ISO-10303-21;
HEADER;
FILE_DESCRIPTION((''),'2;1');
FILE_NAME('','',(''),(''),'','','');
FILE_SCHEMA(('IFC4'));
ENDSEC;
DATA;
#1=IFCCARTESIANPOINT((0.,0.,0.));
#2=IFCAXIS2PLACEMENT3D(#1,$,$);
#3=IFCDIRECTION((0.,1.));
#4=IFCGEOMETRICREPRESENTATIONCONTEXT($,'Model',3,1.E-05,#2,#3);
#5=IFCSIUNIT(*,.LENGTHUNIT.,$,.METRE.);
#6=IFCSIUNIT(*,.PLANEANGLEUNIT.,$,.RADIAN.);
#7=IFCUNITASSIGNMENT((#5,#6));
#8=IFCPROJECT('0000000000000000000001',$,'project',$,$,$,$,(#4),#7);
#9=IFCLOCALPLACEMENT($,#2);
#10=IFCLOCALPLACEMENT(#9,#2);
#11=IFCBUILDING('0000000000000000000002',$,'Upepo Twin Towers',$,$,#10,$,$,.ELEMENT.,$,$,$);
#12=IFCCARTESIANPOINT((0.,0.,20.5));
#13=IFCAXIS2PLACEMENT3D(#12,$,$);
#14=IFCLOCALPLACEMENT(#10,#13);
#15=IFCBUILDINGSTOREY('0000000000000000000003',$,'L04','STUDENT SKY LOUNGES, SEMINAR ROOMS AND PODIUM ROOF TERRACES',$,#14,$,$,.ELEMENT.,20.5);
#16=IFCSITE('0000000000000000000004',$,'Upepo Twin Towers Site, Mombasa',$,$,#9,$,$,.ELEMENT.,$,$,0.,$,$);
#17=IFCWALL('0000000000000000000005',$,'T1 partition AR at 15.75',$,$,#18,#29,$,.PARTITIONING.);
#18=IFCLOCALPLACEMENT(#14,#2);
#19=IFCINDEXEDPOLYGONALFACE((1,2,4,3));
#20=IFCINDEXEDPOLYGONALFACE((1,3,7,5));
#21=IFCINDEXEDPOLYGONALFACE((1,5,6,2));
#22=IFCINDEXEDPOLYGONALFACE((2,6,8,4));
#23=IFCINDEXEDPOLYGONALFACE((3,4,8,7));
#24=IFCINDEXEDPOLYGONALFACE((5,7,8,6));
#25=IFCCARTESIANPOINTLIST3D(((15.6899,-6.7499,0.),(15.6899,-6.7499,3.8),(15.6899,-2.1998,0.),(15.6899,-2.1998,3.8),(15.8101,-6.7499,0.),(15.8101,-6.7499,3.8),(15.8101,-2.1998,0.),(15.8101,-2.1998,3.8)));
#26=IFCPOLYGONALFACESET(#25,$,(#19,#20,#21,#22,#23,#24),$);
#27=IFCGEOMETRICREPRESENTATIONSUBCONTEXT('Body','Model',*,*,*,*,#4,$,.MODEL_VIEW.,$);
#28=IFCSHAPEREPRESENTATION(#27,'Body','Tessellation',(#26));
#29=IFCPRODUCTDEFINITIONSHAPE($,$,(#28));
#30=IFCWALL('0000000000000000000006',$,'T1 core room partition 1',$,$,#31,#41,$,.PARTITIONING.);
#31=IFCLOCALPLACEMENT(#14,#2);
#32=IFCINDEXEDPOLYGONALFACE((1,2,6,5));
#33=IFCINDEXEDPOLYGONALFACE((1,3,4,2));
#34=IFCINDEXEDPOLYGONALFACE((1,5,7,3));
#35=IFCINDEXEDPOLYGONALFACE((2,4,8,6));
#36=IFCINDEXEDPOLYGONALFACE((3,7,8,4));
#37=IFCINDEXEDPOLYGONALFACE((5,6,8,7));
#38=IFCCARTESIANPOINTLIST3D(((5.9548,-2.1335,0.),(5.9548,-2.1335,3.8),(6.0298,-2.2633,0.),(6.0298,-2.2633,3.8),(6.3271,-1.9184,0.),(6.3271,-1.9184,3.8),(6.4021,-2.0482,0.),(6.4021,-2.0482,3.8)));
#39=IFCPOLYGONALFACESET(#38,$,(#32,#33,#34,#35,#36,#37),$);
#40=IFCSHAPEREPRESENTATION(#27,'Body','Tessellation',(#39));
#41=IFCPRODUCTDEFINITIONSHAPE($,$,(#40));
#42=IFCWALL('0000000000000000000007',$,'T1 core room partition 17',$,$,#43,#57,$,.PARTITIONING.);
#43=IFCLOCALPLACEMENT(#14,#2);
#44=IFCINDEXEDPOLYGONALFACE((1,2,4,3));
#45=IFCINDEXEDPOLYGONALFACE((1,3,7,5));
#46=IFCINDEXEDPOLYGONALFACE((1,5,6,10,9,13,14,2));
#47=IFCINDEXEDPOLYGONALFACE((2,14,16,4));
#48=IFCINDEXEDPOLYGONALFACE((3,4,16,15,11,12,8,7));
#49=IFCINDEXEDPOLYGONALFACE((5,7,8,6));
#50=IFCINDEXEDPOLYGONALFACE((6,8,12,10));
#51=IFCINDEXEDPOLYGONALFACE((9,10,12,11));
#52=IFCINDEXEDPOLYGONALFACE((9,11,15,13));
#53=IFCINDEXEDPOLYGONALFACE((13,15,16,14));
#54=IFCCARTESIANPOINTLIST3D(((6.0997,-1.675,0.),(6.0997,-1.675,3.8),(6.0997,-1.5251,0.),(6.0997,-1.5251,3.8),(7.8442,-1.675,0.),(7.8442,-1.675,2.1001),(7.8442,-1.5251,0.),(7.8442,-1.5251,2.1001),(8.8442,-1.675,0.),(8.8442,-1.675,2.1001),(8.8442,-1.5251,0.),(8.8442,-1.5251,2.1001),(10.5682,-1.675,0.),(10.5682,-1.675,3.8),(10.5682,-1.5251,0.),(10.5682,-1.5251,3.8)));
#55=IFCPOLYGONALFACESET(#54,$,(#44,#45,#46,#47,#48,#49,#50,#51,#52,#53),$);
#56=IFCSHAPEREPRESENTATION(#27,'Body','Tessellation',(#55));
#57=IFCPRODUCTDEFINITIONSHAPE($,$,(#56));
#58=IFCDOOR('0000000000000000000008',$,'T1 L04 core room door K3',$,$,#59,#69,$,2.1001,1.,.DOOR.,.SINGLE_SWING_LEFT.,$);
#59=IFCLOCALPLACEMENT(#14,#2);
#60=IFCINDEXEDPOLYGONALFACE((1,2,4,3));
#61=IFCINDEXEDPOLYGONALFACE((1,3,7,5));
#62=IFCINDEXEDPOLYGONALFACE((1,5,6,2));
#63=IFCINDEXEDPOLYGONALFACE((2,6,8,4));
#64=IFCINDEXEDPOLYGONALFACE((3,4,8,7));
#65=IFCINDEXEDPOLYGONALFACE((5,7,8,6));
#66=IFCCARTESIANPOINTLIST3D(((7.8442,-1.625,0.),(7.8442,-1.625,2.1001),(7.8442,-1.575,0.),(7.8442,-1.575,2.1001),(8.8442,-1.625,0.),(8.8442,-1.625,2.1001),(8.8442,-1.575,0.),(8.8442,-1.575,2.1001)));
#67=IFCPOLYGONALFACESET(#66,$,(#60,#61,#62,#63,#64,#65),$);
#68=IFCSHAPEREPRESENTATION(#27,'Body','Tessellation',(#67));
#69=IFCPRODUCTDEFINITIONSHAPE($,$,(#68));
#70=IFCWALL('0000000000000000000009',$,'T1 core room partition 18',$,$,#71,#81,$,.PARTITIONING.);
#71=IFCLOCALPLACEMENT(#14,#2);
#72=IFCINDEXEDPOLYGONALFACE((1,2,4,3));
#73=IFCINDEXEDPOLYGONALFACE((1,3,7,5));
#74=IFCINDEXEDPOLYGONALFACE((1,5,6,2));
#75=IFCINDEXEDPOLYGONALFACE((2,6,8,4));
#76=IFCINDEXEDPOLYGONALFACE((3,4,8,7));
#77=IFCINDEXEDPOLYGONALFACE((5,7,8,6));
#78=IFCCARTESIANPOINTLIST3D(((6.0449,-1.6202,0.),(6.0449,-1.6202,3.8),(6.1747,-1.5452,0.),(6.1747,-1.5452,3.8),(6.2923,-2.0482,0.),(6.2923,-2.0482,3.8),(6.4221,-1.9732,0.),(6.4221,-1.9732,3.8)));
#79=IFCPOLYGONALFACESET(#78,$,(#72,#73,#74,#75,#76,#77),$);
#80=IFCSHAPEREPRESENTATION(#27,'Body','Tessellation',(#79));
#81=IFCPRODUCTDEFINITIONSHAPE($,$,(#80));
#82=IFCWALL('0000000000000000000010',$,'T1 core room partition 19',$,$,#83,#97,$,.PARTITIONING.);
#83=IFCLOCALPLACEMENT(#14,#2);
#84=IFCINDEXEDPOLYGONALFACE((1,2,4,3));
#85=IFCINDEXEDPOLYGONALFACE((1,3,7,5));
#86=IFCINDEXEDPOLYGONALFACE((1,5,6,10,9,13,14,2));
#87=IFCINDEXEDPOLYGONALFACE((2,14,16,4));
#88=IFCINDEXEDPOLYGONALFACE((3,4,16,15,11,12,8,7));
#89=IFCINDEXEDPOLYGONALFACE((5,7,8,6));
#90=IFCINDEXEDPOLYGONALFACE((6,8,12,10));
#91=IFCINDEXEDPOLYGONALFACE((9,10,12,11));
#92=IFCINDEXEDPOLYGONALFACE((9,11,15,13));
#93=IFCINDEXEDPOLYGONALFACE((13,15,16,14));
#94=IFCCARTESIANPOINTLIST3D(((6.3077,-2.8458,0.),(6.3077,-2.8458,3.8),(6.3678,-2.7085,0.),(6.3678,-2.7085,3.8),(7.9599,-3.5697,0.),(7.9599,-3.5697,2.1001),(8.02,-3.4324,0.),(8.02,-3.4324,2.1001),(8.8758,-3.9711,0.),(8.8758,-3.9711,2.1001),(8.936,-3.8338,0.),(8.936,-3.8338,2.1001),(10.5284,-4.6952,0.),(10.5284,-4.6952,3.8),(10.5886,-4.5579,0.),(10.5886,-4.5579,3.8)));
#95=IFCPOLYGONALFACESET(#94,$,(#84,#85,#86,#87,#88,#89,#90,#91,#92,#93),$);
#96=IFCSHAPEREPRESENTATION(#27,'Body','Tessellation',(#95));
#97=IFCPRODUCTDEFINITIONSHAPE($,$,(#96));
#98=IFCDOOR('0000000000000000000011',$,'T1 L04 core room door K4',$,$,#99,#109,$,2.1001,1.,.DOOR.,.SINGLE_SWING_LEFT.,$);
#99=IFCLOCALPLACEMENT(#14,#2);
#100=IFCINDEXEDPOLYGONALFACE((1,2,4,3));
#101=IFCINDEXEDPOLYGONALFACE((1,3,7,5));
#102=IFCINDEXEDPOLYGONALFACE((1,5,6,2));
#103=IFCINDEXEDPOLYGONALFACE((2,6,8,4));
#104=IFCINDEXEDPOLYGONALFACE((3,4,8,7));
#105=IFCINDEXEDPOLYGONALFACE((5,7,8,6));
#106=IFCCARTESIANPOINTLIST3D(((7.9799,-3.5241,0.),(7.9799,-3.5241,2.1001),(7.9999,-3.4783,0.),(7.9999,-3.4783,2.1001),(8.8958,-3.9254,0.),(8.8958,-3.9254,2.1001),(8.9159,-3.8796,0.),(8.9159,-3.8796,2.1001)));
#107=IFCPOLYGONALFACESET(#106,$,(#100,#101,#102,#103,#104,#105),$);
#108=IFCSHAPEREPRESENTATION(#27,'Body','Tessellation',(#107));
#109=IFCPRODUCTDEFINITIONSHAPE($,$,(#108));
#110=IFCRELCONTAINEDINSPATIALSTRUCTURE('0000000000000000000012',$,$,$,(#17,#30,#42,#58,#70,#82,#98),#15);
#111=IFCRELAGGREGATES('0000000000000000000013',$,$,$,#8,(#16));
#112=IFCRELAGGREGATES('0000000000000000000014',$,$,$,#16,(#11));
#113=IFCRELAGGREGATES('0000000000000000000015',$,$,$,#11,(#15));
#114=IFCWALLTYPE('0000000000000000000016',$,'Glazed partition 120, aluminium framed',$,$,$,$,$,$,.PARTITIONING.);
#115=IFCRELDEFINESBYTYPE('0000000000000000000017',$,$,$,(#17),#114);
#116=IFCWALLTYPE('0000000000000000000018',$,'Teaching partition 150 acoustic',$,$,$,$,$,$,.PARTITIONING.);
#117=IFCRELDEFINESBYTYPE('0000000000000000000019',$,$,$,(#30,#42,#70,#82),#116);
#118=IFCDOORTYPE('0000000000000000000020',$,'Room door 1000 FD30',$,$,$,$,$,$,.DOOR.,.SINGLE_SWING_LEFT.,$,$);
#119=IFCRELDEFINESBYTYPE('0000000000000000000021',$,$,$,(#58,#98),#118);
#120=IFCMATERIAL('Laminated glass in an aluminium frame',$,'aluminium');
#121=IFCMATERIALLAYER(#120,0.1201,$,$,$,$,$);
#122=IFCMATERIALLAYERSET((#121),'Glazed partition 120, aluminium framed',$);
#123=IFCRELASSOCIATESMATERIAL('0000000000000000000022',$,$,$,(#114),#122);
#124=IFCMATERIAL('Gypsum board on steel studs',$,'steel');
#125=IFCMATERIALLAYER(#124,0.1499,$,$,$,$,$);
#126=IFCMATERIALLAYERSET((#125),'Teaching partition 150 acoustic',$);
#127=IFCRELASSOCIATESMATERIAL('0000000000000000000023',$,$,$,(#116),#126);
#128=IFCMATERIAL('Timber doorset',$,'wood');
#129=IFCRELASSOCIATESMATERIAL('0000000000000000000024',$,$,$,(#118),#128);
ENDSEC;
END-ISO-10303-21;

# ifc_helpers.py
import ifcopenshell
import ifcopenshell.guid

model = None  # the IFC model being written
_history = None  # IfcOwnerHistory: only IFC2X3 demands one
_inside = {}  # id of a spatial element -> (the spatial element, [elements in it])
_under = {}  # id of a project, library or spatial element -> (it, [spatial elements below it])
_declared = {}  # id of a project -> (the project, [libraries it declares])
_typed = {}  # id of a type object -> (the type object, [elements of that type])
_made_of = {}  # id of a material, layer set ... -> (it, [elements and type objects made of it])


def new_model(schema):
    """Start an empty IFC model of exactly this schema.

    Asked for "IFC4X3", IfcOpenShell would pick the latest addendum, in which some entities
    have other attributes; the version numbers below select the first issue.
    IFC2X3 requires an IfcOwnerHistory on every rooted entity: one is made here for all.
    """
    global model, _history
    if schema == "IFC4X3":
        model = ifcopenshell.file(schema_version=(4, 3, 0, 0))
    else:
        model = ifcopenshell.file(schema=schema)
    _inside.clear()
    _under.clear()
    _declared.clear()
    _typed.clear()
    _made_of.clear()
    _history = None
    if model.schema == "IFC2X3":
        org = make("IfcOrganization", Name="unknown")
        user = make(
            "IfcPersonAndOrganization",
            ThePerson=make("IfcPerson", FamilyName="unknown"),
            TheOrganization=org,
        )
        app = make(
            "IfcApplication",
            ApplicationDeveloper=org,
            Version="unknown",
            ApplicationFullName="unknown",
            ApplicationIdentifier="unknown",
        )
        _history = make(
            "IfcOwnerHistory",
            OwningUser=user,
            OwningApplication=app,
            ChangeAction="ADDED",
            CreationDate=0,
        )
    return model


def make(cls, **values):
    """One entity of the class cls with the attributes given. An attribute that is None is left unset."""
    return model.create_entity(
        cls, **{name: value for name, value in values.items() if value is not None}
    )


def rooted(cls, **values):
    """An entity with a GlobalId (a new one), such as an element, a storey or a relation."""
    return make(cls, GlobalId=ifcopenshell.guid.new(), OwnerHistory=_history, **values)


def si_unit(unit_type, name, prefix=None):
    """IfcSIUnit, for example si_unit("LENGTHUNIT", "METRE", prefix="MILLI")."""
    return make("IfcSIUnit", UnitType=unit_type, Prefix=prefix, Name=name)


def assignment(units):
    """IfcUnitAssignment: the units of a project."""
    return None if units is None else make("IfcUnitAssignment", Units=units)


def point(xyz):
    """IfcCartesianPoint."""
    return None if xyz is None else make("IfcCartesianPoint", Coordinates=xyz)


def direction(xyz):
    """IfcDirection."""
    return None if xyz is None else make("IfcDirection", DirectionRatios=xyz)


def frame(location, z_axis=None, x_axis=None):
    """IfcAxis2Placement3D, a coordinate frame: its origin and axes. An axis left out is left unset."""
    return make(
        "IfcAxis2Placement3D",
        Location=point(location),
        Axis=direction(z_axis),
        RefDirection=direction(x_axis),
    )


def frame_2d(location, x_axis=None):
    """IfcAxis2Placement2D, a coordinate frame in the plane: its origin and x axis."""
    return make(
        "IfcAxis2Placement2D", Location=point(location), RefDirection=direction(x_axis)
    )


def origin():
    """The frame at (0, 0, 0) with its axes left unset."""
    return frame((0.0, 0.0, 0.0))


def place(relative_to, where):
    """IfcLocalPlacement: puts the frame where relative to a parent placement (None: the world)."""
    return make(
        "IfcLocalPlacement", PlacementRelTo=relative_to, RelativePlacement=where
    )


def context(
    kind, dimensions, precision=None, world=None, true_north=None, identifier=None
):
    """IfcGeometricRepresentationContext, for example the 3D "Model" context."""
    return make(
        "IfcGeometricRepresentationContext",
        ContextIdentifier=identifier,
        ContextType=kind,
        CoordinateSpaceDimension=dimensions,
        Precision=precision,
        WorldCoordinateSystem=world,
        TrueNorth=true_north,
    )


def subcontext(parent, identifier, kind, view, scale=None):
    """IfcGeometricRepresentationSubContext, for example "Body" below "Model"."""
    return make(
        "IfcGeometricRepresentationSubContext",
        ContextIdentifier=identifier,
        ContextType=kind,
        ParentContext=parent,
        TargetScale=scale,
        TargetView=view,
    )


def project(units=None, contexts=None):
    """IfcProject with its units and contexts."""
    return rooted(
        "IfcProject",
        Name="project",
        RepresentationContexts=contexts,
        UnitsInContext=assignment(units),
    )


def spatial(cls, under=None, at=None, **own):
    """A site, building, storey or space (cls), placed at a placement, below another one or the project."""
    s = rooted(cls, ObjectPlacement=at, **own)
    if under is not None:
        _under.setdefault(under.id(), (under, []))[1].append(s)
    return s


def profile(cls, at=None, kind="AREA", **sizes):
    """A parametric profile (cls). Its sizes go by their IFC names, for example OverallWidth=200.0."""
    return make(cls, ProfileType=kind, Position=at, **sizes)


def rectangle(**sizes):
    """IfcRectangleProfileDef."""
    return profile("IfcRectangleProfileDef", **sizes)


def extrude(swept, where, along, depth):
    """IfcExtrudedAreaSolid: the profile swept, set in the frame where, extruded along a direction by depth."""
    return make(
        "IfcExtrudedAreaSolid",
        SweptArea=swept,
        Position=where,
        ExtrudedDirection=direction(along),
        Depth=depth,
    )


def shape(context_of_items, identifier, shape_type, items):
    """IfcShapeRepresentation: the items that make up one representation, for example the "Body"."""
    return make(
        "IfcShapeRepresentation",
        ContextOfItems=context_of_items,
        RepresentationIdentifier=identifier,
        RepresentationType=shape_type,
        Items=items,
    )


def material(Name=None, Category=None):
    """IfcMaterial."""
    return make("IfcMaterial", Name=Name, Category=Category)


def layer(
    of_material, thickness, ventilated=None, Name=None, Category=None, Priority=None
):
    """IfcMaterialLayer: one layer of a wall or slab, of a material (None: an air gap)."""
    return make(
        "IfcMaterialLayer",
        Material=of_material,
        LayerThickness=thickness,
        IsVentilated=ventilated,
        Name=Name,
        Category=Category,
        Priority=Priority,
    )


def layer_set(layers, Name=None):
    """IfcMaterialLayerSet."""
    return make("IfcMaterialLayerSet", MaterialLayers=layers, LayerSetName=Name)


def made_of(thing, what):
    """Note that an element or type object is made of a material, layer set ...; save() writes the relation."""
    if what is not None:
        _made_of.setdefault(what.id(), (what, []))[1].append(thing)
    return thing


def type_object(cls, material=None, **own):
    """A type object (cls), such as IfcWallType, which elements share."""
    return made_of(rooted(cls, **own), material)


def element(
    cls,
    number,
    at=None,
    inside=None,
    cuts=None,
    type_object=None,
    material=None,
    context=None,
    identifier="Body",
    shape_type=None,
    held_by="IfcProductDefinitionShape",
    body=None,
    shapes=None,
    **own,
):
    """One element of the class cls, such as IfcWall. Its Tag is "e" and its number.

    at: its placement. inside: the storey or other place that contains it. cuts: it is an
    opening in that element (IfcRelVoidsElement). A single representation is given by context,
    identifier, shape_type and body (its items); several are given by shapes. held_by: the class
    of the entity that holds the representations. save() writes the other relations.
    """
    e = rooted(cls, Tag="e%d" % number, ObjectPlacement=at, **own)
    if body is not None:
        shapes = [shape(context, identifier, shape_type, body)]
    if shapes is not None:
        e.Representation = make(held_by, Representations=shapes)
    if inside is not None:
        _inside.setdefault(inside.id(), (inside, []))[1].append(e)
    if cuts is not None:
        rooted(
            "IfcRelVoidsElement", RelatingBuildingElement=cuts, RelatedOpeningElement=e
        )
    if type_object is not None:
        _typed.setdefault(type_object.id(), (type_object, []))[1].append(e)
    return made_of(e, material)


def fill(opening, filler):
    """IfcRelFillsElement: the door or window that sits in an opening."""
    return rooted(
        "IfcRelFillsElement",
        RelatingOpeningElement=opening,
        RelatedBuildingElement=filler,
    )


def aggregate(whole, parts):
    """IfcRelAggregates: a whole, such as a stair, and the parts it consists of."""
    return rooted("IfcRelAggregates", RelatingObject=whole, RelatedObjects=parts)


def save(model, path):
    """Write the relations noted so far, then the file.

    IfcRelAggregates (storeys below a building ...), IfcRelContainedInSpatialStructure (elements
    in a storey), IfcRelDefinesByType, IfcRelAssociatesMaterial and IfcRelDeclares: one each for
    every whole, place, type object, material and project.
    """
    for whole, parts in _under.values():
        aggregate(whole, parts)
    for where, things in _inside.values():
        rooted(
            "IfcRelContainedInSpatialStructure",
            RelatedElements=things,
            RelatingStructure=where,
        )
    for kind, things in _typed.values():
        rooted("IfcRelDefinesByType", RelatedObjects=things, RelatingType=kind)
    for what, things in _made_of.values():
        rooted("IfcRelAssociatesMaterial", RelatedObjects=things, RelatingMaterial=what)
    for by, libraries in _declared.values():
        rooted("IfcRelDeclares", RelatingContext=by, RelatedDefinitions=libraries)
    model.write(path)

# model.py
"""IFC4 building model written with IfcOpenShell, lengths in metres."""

from ifc_helpers import new_model, si_unit, direction, frame, frame_2d, origin, place, context, subcontext, project, spatial, rectangle, extrude, material, layer, layer_set, type_object, element, fill, save


model = new_model("IFC4")

# Units and contexts
model_context = context("Model", 3, precision=1e-05, world=origin(), true_north=direction((0.0, 1.0)))
body_context = subcontext(model_context, "Body", "Model", "MODEL_VIEW")
ifc_project = project(units=[si_unit("LENGTHUNIT", "METRE"), si_unit("PLANEANGLEUNIT", "RADIAN")], contexts=[model_context])

# Site, building, storey
site_placement = place(None, origin())
site = spatial("IfcSite", under=ifc_project, at=site_placement, Name="Upepo Twin Towers Site, Mombasa", CompositionType="ELEMENT", RefElevation=0.0)
building_placement = place(site_placement, origin())
building = spatial("IfcBuilding", under=site, at=building_placement, Name="Upepo Twin Towers", CompositionType="ELEMENT")
storey_placement = place(building_placement, frame((0.0, 0.0, 20.5)))
storey = spatial("IfcBuildingStorey", under=building, at=storey_placement, Name="L04", Description="STUDENT SKY LOUNGES, SEMINAR ROOMS AND PODIUM ROOF TERRACES", CompositionType="ELEMENT", Elevation=20.5)

# Walls
ifc_material_1 = material(Name="Laminated glass in an aluminium frame", Category="aluminium")
ifc_layer_1 = layer(ifc_material_1, 0.1201)
ifc_layer_set_1 = layer_set([ifc_layer_1], Name="Glazed partition 120, aluminium framed")
wall_type_1 = type_object("IfcWallType", Name="Glazed partition 120, aluminium framed", PredefinedType="PARTITIONING", material=ifc_layer_set_1)
wall_1_placement = place(storey_placement, frame((15.75, -2.2, 0.0), z_axis=(0.0, 0.0, 1.0), x_axis=(0.0, -1.0, 0.0)))
element("IfcWall", 1, at=wall_1_placement, inside=storey, type_object=wall_type_1, Name="T1 partition AR at 15.75", PredefinedType="PARTITIONING", context=body_context, shape_type="SweptSolid", body=[
    extrude(rectangle(XDim=4.55, YDim=0.1201, at=frame_2d((2.2749, 0.0))), origin(), (0.0, 0.0, 1.0), 3.8),
])
ifc_material_2 = material(Name="Gypsum board on steel studs", Category="steel")
ifc_layer_2 = layer(ifc_material_2, 0.1499)
ifc_layer_set_2 = layer_set([ifc_layer_2], Name="Teaching partition 150 acoustic")
wall_type_2 = type_object("IfcWallType", Name="Teaching partition 150 acoustic", PredefinedType="PARTITIONING", material=ifc_layer_set_2)
wall_2_placement = place(storey_placement, frame((6.3645, -1.9834, 0.0), z_axis=(0.0, 0.0, 1.0), x_axis=(-0.865892, -0.50023, 0.0)))
element("IfcWall", 2, at=wall_2_placement, inside=storey, type_object=wall_type_2, Name="T1 core room partition 1", PredefinedType="PARTITIONING", context=body_context, shape_type="SweptSolid", body=[
    extrude(rectangle(XDim=0.4299, YDim=0.1499, at=frame_2d((0.2148, 0.0))), origin(), (0.0, 0.0, 1.0), 3.8),
])

# Wall, opening, door
wall_3_placement = place(storey_placement, frame((10.5684, -1.6001, 0.0), z_axis=(0.0, 0.0, 1.0), x_axis=(-1.0, 0.0, 0.0)))
wall_3 = element("IfcWall", 3, at=wall_3_placement, inside=storey, type_object=wall_type_2, Name="T1 core room partition 17", PredefinedType="PARTITIONING", context=body_context, shape_type="SweptSolid", body=[
    extrude(rectangle(XDim=4.4685, YDim=0.1499, at=frame_2d((2.2344, 0.0))), origin(), (0.0, 0.0, 1.0), 3.8),
])
opening_1_placement = place(wall_3_placement, frame((1.7241, 0.0, 0.0)))
opening_1 = element("IfcOpeningElement", 4, at=opening_1_placement, cuts=wall_3, PredefinedType="OPENING", context=body_context, shape_type="SweptSolid", body=[
    extrude(rectangle(XDim=1.0, YDim=2.1001, at=frame_2d((0.5, 1.05))), frame((0.0, 0.085, 0.0), z_axis=(0.0, -1.0, 0.0), x_axis=(1.0, 0.0, 0.0)), (0.0, 0.0, 1.0), 0.1699),
])
ifc_material_3 = material(Name="Timber doorset", Category="wood")
door_type_1 = type_object("IfcDoorType", Name="Room door 1000 FD30", OperationType="SINGLE_SWING_LEFT", PredefinedType="DOOR", material=ifc_material_3)
door_1_placement = place(opening_1_placement, origin())
door_1 = element("IfcDoor", 5, at=door_1_placement, inside=storey, type_object=door_type_1, Name="T1 L04 core room door K3", OperationType="SINGLE_SWING_LEFT", OverallHeight=2.1001, OverallWidth=1.0, PredefinedType="DOOR", context=body_context, shape_type="SweptSolid", body=[
    extrude(rectangle(XDim=1.0, YDim=2.1001, at=frame_2d((0.5, 1.05))), frame((0.0, 0.0249, 0.0), z_axis=(0.0, -1.0, 0.0), x_axis=(1.0, 0.0, 0.0)), (0.0, 0.0, 1.0), 0.05),
])
fill(opening_1, door_1)

# Wall
wall_4_placement = place(storey_placement, frame((6.1099, -1.5828, 0.0), z_axis=(0.0, 0.0, 1.0), x_axis=(0.500335, -0.865832, 0.0)))
element("IfcWall", 6, at=wall_4_placement, inside=storey, type_object=wall_type_2, Name="T1 core room partition 18", PredefinedType="PARTITIONING", context=body_context, shape_type="SweptSolid", body=[
    extrude(rectangle(XDim=0.4944, YDim=0.1499, at=frame_2d((0.2471, 0.0))), origin(), (0.0, 0.0, 1.0), 3.8),
])

# Wall, opening, door
wall_5_placement = place(storey_placement, frame((6.3376, -2.7771, 0.0), z_axis=(0.0, 0.0, 1.0), x_axis=(0.915933, -0.40133, 0.0)))
wall_5 = element("IfcWall", 7, at=wall_5_placement, inside=storey, type_object=wall_type_2, Name="T1 core room partition 19", PredefinedType="PARTITIONING", context=body_context, shape_type="SweptSolid", body=[
    extrude(rectangle(XDim=4.6082, YDim=0.1499, at=frame_2d((2.3042, 0.0))), origin(), (0.0, 0.0, 1.0), 3.8),
])
opening_2_placement = place(wall_5_placement, frame((1.804, 0.0, 0.0)))
opening_2 = element("IfcOpeningElement", 8, at=opening_2_placement, cuts=wall_5, PredefinedType="OPENING", context=body_context, shape_type="SweptSolid", body=[
    extrude(rectangle(XDim=1.0, YDim=2.1001, at=frame_2d((0.5, 1.05))), frame((0.0, 0.085, 0.0), z_axis=(0.0, -1.0, 0.0), x_axis=(1.0, 0.0, 0.0)), (0.0, 0.0, 1.0), 0.1699),
])
door_2_placement = place(opening_2_placement, origin())
door_2 = element("IfcDoor", 9, at=door_2_placement, inside=storey, type_object=door_type_1, Name="T1 L04 core room door K4", OperationType="SINGLE_SWING_LEFT", OverallHeight=2.1001, OverallWidth=1.0, PredefinedType="DOOR", context=body_context, shape_type="SweptSolid", body=[
    extrude(rectangle(XDim=1.0, YDim=2.1001, at=frame_2d((0.5, 1.05))), frame((0.0, 0.0249, 0.0), z_axis=(0.0, -1.0, 0.0), x_axis=(1.0, 0.0, 0.0)), (0.0, 0.0, 1.0), 0.05),
])
fill(opening_2, door_2)

save(model, "model.ifc")
